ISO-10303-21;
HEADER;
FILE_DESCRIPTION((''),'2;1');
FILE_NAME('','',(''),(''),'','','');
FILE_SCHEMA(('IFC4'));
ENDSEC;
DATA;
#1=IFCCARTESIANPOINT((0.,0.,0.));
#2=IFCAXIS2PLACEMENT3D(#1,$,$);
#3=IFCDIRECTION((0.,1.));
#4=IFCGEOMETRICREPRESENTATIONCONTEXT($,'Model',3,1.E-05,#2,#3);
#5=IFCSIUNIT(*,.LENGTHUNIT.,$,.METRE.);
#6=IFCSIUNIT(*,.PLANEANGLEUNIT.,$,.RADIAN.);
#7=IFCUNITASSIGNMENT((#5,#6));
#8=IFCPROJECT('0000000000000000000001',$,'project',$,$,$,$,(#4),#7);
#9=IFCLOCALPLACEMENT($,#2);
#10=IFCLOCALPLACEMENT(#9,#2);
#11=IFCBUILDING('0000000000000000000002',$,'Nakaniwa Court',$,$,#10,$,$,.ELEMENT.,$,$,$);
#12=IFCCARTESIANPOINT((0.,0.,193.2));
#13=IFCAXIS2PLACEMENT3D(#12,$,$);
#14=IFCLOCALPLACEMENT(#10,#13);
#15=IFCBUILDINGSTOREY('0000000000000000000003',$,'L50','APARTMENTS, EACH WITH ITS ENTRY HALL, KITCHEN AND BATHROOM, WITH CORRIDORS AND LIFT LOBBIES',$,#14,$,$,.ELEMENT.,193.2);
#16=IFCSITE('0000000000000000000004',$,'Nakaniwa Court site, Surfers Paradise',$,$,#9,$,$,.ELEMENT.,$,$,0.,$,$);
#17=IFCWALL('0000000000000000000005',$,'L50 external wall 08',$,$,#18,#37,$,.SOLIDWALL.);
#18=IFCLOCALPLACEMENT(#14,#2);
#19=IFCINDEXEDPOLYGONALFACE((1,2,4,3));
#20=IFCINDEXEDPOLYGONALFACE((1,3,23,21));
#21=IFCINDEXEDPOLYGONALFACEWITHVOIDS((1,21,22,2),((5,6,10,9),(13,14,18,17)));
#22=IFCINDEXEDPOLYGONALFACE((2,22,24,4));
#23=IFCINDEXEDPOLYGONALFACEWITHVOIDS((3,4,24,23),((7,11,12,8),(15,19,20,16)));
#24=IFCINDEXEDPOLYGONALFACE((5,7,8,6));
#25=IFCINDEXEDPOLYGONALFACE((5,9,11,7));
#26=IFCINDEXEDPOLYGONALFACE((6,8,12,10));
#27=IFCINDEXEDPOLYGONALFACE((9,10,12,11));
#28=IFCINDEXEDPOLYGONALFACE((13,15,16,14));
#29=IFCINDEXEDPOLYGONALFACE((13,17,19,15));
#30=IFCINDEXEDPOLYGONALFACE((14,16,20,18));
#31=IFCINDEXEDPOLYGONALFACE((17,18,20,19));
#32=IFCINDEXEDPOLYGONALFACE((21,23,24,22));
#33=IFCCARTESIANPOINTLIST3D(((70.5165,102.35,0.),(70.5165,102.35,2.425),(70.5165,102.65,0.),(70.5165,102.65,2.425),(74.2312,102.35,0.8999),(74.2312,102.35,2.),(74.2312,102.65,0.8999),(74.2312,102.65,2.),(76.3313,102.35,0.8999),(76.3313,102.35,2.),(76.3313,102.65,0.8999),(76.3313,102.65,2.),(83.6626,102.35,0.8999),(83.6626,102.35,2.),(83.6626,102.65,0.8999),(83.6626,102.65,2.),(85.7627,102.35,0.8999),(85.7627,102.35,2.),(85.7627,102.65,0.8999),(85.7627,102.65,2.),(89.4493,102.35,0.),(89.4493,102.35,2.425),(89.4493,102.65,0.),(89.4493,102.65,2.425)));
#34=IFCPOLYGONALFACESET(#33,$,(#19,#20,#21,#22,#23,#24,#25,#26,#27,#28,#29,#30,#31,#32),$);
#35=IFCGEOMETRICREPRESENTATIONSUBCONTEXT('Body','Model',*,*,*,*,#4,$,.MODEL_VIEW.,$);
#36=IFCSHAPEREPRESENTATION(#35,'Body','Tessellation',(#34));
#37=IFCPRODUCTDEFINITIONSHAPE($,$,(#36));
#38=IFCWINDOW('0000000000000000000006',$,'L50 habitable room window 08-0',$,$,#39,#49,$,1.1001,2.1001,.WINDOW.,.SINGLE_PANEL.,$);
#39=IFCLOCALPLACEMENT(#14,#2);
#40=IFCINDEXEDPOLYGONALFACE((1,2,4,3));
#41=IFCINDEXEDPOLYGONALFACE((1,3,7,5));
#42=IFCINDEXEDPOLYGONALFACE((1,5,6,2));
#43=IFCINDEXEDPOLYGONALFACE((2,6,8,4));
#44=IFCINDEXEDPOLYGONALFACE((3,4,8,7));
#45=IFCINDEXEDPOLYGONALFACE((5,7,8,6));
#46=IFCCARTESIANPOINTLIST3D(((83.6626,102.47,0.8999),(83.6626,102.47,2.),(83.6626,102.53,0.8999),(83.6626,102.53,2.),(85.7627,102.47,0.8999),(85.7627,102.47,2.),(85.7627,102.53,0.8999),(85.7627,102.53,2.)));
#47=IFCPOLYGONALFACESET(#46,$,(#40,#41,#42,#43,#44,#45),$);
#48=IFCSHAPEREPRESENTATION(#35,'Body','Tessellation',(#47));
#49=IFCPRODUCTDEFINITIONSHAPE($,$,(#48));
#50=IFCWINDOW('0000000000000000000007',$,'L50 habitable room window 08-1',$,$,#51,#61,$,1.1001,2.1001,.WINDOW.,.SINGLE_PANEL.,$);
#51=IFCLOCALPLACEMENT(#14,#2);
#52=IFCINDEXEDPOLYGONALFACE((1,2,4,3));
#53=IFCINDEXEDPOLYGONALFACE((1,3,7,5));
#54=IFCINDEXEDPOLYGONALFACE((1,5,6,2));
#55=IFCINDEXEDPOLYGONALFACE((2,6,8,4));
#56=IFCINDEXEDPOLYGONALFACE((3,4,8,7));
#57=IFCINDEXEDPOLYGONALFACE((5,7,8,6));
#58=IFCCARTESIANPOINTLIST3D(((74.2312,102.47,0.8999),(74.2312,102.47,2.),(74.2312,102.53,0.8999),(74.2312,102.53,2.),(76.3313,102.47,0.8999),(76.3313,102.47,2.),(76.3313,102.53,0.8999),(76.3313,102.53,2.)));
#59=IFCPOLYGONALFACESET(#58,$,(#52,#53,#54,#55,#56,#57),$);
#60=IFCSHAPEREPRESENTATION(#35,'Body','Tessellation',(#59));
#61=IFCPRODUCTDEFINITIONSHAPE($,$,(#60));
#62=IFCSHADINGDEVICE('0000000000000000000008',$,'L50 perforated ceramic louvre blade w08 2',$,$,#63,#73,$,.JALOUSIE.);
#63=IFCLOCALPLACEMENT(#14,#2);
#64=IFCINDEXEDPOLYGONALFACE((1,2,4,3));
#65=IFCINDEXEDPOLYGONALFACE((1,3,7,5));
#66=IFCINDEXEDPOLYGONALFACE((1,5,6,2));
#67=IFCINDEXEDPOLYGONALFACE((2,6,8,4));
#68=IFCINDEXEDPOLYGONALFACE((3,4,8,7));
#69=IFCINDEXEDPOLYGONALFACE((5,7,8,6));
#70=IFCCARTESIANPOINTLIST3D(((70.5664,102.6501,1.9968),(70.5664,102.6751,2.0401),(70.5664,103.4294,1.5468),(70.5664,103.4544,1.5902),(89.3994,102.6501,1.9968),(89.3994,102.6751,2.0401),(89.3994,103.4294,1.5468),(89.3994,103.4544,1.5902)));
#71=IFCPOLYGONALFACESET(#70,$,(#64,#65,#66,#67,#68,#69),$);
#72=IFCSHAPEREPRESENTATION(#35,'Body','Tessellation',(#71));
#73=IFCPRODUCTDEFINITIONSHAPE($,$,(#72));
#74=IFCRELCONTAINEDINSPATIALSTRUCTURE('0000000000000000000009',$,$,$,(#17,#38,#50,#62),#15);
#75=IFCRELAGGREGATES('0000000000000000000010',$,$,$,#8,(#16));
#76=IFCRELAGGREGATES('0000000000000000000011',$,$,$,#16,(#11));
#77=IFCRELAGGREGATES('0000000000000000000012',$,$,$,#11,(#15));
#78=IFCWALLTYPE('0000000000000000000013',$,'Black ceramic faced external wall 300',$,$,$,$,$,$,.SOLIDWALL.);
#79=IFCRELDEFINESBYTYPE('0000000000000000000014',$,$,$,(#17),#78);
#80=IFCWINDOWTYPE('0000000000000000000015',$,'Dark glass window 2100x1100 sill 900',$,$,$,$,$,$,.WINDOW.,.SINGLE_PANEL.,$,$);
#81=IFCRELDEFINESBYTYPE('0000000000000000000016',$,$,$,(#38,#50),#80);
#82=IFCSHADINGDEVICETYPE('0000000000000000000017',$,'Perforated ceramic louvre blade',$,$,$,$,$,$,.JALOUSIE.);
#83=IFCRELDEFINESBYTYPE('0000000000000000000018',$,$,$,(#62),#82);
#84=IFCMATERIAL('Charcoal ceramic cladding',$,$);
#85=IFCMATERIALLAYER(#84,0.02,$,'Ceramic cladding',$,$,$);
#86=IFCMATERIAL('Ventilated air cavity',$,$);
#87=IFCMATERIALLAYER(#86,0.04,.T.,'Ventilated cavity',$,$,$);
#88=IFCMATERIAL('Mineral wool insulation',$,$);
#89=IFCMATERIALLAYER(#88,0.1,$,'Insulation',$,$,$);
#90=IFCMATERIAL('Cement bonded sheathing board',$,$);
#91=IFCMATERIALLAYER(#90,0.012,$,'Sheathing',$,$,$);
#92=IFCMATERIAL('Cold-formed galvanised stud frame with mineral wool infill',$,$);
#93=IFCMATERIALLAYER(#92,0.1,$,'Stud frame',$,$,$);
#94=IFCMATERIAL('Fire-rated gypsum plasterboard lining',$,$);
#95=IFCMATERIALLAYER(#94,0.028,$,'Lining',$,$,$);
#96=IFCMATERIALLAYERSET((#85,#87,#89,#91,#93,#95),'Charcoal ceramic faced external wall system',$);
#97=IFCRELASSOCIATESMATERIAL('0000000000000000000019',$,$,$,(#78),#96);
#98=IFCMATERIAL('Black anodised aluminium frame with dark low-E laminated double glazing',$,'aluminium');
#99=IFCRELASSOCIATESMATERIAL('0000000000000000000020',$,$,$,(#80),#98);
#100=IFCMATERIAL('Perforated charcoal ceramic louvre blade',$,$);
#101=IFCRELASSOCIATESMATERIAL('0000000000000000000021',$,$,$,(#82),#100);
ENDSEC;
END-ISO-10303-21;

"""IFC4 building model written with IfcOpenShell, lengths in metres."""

from ifc_helpers import new_model, si_unit, direction, frame, frame_2d, origin, origin_2d, place, context, subcontext, project, spatial, rectangle, extrude, material, layer, layer_set, material_profile, profile_set, type_object, element, fill, save


model = new_model("IFC4")

# Units and contexts
model_context = context("Model", 3, precision=1e-05, world=origin(), true_north=direction((0.0, 1.0)))
body_context = subcontext(model_context, "Body", "Model", "MODEL_VIEW")
ifc_project = project(units=[si_unit("LENGTHUNIT", "METRE"), si_unit("PLANEANGLEUNIT", "RADIAN")], contexts=[model_context])

# Site, building, storey
site_placement = place(None, origin())
site = spatial("IfcSite", under=ifc_project, at=site_placement, Name="Nakaniwa Court site, Surfers Paradise", CompositionType="ELEMENT", RefElevation=0.0)
building_placement = place(site_placement, origin())
building = spatial("IfcBuilding", under=site, at=building_placement, Name="Nakaniwa Court", CompositionType="ELEMENT")
storey_placement = place(building_placement, frame((0.0, 0.0, 193.2)))
storey = spatial("IfcBuildingStorey", under=building, at=storey_placement, Name="L50", Description="APARTMENTS, EACH WITH ITS ENTRY HALL, KITCHEN AND BATHROOM, WITH CORRIDORS AND LIFT LOBBIES", CompositionType="ELEMENT", Elevation=193.2)

# Shared definitions
ifc_material_1 = material(Name="Charcoal ceramic cladding")
ifc_layer_1 = layer(ifc_material_1, 0.02, Name="Ceramic cladding")
ifc_material_2 = material(Name="Ventilated air cavity")
ifc_layer_2 = layer(ifc_material_2, 0.04, ventilated=True, Name="Ventilated cavity")
ifc_material_3 = material(Name="Mineral wool insulation")
ifc_layer_3 = layer(ifc_material_3, 0.1, Name="Insulation")
ifc_material_4 = material(Name="Cement bonded sheathing board")
ifc_layer_4 = layer(ifc_material_4, 0.012, Name="Sheathing")
ifc_material_5 = material(Name="Cold-formed galvanised stud frame with mineral wool infill")
ifc_layer_5 = layer(ifc_material_5, 0.1, Name="Stud frame")
ifc_material_6 = material(Name="Fire-rated gypsum plasterboard lining")
ifc_layer_6 = layer(ifc_material_6, 0.028, Name="Lining")
ifc_layer_set_1 = layer_set([ifc_layer_1, ifc_layer_2, ifc_layer_3, ifc_layer_4, ifc_layer_5, ifc_layer_6], Name="Charcoal ceramic faced external wall system")
wall_type_1 = type_object("IfcWallType", Name="Black ceramic faced external wall 300", PredefinedType="SOLIDWALL", material=ifc_layer_set_1)
ifc_material_7 = material(Name="Black anodised aluminium frame with dark low-E laminated double glazing", Category="aluminium")

# Wall, openings, windows
wall_1_placement = place(storey_placement, frame((89.4492, 102.5, 0.0), z_axis=(0.0, 0.0, 1.0), x_axis=(-1.0, 0.0, 0.0)))
wall_1 = element("IfcWall", 1, at=wall_1_placement, inside=storey, type_object=wall_type_1, Name="L50 external wall 08", PredefinedType="SOLIDWALL", context=body_context, shape_type="SweptSolid", body=[
    extrude(rectangle(XDim=18.9329, YDim=0.3, at=frame_2d((9.4663, 0.0))), origin(), (0.0, 0.0, 1.0), 2.425),
])
opening_1_placement = place(wall_1_placement, frame((3.6865, 0.0, 0.8999)))
opening_1 = element("IfcOpeningElement", 2, at=opening_1_placement, cuts=wall_1, PredefinedType="OPENING", context=body_context, shape_type="SweptSolid", body=[
    extrude(rectangle(XDim=2.1001, YDim=1.1001, at=frame_2d((1.05, 0.55))), frame((0.0, 0.1599, 0.0), z_axis=(0.0, -1.0, 0.0), x_axis=(1.0, 0.0, 0.0)), (0.0, 0.0, 1.0), 0.3201),
])
opening_2_placement = place(wall_1_placement, frame((13.1179, 0.0, 0.8999)))
opening_2 = element("IfcOpeningElement", 3, at=opening_2_placement, cuts=wall_1, PredefinedType="OPENING", context=body_context, shape_type="SweptSolid", body=[
    extrude(rectangle(XDim=2.1001, YDim=1.1001, at=frame_2d((1.05, 0.55))), frame((0.0, 0.1599, 0.0), z_axis=(0.0, -1.0, 0.0), x_axis=(1.0, 0.0, 0.0)), (0.0, 0.0, 1.0), 0.3201),
])
window_type_1 = type_object("IfcWindowType", Name="Dark glass window 2100x1100 sill 900", PartitioningType="SINGLE_PANEL", PredefinedType="WINDOW", material=ifc_material_7)
window_1_placement = place(opening_1_placement, origin())
window_1 = element("IfcWindow", 4, at=window_1_placement, inside=storey, type_object=window_type_1, Name="L50 habitable room window 08-0", OverallHeight=1.1001, OverallWidth=2.1001, PartitioningType="SINGLE_PANEL", PredefinedType="WINDOW", context=body_context, shape_type="SweptSolid", body=[
    extrude(rectangle(XDim=2.1001, YDim=1.1001, at=frame_2d((1.05, 0.55))), frame((0.0, 0.03, 0.0), z_axis=(0.0, -1.0, 0.0), x_axis=(1.0, 0.0, 0.0)), (0.0, 0.0, 1.0), 0.0601),
])
fill(opening_1, window_1)
window_2_placement = place(opening_2_placement, origin())
window_2 = element("IfcWindow", 5, at=window_2_placement, inside=storey, type_object=window_type_1, Name="L50 habitable room window 08-1", OverallHeight=1.1001, OverallWidth=2.1001, PartitioningType="SINGLE_PANEL", PredefinedType="WINDOW", context=body_context, shape_type="SweptSolid", body=[
    extrude(rectangle(XDim=2.1001, YDim=1.1001, at=frame_2d((1.05, 0.55))), frame((0.0, 0.03, 0.0), z_axis=(0.0, -1.0, 0.0), x_axis=(1.0, 0.0, 0.0)), (0.0, 0.0, 1.0), 0.0601),
])
fill(opening_2, window_2)

# Shading device
ifc_material_8 = material(Name="Perforated charcoal ceramic louvre blade")
ifc_material_profile_1 = material_profile(ifc_material_8, rectangle(XDim=0.8999, YDim=0.05, at=origin_2d()), Name="Perforated ceramic louvre blade")
ifc_profile_set_1 = profile_set([ifc_material_profile_1], Name="Perforated charcoal ceramic louvre blade")
shading_device_type = type_object("IfcShadingDeviceType", Name="Perforated ceramic louvre blade", PredefinedType="JALOUSIE", material=ifc_profile_set_1)
shading_device_placement = place(storey_placement, frame((89.3994, 103.0522, 1.7935), z_axis=(-1.0, 0.0, 0.0), x_axis=(0.0, -0.866025, 0.5)))
element("IfcShadingDevice", 6, at=shading_device_placement, inside=storey, type_object=shading_device_type, Name="L50 perforated ceramic louvre blade w08 2", PredefinedType="JALOUSIE", context=body_context, shape_type="SweptSolid", body=[
    extrude(rectangle(XDim=0.8999, YDim=0.05, at=origin_2d()), origin(), (0.0, 0.0, 1.0), 18.833),
])

save(model, "model.ifc")
